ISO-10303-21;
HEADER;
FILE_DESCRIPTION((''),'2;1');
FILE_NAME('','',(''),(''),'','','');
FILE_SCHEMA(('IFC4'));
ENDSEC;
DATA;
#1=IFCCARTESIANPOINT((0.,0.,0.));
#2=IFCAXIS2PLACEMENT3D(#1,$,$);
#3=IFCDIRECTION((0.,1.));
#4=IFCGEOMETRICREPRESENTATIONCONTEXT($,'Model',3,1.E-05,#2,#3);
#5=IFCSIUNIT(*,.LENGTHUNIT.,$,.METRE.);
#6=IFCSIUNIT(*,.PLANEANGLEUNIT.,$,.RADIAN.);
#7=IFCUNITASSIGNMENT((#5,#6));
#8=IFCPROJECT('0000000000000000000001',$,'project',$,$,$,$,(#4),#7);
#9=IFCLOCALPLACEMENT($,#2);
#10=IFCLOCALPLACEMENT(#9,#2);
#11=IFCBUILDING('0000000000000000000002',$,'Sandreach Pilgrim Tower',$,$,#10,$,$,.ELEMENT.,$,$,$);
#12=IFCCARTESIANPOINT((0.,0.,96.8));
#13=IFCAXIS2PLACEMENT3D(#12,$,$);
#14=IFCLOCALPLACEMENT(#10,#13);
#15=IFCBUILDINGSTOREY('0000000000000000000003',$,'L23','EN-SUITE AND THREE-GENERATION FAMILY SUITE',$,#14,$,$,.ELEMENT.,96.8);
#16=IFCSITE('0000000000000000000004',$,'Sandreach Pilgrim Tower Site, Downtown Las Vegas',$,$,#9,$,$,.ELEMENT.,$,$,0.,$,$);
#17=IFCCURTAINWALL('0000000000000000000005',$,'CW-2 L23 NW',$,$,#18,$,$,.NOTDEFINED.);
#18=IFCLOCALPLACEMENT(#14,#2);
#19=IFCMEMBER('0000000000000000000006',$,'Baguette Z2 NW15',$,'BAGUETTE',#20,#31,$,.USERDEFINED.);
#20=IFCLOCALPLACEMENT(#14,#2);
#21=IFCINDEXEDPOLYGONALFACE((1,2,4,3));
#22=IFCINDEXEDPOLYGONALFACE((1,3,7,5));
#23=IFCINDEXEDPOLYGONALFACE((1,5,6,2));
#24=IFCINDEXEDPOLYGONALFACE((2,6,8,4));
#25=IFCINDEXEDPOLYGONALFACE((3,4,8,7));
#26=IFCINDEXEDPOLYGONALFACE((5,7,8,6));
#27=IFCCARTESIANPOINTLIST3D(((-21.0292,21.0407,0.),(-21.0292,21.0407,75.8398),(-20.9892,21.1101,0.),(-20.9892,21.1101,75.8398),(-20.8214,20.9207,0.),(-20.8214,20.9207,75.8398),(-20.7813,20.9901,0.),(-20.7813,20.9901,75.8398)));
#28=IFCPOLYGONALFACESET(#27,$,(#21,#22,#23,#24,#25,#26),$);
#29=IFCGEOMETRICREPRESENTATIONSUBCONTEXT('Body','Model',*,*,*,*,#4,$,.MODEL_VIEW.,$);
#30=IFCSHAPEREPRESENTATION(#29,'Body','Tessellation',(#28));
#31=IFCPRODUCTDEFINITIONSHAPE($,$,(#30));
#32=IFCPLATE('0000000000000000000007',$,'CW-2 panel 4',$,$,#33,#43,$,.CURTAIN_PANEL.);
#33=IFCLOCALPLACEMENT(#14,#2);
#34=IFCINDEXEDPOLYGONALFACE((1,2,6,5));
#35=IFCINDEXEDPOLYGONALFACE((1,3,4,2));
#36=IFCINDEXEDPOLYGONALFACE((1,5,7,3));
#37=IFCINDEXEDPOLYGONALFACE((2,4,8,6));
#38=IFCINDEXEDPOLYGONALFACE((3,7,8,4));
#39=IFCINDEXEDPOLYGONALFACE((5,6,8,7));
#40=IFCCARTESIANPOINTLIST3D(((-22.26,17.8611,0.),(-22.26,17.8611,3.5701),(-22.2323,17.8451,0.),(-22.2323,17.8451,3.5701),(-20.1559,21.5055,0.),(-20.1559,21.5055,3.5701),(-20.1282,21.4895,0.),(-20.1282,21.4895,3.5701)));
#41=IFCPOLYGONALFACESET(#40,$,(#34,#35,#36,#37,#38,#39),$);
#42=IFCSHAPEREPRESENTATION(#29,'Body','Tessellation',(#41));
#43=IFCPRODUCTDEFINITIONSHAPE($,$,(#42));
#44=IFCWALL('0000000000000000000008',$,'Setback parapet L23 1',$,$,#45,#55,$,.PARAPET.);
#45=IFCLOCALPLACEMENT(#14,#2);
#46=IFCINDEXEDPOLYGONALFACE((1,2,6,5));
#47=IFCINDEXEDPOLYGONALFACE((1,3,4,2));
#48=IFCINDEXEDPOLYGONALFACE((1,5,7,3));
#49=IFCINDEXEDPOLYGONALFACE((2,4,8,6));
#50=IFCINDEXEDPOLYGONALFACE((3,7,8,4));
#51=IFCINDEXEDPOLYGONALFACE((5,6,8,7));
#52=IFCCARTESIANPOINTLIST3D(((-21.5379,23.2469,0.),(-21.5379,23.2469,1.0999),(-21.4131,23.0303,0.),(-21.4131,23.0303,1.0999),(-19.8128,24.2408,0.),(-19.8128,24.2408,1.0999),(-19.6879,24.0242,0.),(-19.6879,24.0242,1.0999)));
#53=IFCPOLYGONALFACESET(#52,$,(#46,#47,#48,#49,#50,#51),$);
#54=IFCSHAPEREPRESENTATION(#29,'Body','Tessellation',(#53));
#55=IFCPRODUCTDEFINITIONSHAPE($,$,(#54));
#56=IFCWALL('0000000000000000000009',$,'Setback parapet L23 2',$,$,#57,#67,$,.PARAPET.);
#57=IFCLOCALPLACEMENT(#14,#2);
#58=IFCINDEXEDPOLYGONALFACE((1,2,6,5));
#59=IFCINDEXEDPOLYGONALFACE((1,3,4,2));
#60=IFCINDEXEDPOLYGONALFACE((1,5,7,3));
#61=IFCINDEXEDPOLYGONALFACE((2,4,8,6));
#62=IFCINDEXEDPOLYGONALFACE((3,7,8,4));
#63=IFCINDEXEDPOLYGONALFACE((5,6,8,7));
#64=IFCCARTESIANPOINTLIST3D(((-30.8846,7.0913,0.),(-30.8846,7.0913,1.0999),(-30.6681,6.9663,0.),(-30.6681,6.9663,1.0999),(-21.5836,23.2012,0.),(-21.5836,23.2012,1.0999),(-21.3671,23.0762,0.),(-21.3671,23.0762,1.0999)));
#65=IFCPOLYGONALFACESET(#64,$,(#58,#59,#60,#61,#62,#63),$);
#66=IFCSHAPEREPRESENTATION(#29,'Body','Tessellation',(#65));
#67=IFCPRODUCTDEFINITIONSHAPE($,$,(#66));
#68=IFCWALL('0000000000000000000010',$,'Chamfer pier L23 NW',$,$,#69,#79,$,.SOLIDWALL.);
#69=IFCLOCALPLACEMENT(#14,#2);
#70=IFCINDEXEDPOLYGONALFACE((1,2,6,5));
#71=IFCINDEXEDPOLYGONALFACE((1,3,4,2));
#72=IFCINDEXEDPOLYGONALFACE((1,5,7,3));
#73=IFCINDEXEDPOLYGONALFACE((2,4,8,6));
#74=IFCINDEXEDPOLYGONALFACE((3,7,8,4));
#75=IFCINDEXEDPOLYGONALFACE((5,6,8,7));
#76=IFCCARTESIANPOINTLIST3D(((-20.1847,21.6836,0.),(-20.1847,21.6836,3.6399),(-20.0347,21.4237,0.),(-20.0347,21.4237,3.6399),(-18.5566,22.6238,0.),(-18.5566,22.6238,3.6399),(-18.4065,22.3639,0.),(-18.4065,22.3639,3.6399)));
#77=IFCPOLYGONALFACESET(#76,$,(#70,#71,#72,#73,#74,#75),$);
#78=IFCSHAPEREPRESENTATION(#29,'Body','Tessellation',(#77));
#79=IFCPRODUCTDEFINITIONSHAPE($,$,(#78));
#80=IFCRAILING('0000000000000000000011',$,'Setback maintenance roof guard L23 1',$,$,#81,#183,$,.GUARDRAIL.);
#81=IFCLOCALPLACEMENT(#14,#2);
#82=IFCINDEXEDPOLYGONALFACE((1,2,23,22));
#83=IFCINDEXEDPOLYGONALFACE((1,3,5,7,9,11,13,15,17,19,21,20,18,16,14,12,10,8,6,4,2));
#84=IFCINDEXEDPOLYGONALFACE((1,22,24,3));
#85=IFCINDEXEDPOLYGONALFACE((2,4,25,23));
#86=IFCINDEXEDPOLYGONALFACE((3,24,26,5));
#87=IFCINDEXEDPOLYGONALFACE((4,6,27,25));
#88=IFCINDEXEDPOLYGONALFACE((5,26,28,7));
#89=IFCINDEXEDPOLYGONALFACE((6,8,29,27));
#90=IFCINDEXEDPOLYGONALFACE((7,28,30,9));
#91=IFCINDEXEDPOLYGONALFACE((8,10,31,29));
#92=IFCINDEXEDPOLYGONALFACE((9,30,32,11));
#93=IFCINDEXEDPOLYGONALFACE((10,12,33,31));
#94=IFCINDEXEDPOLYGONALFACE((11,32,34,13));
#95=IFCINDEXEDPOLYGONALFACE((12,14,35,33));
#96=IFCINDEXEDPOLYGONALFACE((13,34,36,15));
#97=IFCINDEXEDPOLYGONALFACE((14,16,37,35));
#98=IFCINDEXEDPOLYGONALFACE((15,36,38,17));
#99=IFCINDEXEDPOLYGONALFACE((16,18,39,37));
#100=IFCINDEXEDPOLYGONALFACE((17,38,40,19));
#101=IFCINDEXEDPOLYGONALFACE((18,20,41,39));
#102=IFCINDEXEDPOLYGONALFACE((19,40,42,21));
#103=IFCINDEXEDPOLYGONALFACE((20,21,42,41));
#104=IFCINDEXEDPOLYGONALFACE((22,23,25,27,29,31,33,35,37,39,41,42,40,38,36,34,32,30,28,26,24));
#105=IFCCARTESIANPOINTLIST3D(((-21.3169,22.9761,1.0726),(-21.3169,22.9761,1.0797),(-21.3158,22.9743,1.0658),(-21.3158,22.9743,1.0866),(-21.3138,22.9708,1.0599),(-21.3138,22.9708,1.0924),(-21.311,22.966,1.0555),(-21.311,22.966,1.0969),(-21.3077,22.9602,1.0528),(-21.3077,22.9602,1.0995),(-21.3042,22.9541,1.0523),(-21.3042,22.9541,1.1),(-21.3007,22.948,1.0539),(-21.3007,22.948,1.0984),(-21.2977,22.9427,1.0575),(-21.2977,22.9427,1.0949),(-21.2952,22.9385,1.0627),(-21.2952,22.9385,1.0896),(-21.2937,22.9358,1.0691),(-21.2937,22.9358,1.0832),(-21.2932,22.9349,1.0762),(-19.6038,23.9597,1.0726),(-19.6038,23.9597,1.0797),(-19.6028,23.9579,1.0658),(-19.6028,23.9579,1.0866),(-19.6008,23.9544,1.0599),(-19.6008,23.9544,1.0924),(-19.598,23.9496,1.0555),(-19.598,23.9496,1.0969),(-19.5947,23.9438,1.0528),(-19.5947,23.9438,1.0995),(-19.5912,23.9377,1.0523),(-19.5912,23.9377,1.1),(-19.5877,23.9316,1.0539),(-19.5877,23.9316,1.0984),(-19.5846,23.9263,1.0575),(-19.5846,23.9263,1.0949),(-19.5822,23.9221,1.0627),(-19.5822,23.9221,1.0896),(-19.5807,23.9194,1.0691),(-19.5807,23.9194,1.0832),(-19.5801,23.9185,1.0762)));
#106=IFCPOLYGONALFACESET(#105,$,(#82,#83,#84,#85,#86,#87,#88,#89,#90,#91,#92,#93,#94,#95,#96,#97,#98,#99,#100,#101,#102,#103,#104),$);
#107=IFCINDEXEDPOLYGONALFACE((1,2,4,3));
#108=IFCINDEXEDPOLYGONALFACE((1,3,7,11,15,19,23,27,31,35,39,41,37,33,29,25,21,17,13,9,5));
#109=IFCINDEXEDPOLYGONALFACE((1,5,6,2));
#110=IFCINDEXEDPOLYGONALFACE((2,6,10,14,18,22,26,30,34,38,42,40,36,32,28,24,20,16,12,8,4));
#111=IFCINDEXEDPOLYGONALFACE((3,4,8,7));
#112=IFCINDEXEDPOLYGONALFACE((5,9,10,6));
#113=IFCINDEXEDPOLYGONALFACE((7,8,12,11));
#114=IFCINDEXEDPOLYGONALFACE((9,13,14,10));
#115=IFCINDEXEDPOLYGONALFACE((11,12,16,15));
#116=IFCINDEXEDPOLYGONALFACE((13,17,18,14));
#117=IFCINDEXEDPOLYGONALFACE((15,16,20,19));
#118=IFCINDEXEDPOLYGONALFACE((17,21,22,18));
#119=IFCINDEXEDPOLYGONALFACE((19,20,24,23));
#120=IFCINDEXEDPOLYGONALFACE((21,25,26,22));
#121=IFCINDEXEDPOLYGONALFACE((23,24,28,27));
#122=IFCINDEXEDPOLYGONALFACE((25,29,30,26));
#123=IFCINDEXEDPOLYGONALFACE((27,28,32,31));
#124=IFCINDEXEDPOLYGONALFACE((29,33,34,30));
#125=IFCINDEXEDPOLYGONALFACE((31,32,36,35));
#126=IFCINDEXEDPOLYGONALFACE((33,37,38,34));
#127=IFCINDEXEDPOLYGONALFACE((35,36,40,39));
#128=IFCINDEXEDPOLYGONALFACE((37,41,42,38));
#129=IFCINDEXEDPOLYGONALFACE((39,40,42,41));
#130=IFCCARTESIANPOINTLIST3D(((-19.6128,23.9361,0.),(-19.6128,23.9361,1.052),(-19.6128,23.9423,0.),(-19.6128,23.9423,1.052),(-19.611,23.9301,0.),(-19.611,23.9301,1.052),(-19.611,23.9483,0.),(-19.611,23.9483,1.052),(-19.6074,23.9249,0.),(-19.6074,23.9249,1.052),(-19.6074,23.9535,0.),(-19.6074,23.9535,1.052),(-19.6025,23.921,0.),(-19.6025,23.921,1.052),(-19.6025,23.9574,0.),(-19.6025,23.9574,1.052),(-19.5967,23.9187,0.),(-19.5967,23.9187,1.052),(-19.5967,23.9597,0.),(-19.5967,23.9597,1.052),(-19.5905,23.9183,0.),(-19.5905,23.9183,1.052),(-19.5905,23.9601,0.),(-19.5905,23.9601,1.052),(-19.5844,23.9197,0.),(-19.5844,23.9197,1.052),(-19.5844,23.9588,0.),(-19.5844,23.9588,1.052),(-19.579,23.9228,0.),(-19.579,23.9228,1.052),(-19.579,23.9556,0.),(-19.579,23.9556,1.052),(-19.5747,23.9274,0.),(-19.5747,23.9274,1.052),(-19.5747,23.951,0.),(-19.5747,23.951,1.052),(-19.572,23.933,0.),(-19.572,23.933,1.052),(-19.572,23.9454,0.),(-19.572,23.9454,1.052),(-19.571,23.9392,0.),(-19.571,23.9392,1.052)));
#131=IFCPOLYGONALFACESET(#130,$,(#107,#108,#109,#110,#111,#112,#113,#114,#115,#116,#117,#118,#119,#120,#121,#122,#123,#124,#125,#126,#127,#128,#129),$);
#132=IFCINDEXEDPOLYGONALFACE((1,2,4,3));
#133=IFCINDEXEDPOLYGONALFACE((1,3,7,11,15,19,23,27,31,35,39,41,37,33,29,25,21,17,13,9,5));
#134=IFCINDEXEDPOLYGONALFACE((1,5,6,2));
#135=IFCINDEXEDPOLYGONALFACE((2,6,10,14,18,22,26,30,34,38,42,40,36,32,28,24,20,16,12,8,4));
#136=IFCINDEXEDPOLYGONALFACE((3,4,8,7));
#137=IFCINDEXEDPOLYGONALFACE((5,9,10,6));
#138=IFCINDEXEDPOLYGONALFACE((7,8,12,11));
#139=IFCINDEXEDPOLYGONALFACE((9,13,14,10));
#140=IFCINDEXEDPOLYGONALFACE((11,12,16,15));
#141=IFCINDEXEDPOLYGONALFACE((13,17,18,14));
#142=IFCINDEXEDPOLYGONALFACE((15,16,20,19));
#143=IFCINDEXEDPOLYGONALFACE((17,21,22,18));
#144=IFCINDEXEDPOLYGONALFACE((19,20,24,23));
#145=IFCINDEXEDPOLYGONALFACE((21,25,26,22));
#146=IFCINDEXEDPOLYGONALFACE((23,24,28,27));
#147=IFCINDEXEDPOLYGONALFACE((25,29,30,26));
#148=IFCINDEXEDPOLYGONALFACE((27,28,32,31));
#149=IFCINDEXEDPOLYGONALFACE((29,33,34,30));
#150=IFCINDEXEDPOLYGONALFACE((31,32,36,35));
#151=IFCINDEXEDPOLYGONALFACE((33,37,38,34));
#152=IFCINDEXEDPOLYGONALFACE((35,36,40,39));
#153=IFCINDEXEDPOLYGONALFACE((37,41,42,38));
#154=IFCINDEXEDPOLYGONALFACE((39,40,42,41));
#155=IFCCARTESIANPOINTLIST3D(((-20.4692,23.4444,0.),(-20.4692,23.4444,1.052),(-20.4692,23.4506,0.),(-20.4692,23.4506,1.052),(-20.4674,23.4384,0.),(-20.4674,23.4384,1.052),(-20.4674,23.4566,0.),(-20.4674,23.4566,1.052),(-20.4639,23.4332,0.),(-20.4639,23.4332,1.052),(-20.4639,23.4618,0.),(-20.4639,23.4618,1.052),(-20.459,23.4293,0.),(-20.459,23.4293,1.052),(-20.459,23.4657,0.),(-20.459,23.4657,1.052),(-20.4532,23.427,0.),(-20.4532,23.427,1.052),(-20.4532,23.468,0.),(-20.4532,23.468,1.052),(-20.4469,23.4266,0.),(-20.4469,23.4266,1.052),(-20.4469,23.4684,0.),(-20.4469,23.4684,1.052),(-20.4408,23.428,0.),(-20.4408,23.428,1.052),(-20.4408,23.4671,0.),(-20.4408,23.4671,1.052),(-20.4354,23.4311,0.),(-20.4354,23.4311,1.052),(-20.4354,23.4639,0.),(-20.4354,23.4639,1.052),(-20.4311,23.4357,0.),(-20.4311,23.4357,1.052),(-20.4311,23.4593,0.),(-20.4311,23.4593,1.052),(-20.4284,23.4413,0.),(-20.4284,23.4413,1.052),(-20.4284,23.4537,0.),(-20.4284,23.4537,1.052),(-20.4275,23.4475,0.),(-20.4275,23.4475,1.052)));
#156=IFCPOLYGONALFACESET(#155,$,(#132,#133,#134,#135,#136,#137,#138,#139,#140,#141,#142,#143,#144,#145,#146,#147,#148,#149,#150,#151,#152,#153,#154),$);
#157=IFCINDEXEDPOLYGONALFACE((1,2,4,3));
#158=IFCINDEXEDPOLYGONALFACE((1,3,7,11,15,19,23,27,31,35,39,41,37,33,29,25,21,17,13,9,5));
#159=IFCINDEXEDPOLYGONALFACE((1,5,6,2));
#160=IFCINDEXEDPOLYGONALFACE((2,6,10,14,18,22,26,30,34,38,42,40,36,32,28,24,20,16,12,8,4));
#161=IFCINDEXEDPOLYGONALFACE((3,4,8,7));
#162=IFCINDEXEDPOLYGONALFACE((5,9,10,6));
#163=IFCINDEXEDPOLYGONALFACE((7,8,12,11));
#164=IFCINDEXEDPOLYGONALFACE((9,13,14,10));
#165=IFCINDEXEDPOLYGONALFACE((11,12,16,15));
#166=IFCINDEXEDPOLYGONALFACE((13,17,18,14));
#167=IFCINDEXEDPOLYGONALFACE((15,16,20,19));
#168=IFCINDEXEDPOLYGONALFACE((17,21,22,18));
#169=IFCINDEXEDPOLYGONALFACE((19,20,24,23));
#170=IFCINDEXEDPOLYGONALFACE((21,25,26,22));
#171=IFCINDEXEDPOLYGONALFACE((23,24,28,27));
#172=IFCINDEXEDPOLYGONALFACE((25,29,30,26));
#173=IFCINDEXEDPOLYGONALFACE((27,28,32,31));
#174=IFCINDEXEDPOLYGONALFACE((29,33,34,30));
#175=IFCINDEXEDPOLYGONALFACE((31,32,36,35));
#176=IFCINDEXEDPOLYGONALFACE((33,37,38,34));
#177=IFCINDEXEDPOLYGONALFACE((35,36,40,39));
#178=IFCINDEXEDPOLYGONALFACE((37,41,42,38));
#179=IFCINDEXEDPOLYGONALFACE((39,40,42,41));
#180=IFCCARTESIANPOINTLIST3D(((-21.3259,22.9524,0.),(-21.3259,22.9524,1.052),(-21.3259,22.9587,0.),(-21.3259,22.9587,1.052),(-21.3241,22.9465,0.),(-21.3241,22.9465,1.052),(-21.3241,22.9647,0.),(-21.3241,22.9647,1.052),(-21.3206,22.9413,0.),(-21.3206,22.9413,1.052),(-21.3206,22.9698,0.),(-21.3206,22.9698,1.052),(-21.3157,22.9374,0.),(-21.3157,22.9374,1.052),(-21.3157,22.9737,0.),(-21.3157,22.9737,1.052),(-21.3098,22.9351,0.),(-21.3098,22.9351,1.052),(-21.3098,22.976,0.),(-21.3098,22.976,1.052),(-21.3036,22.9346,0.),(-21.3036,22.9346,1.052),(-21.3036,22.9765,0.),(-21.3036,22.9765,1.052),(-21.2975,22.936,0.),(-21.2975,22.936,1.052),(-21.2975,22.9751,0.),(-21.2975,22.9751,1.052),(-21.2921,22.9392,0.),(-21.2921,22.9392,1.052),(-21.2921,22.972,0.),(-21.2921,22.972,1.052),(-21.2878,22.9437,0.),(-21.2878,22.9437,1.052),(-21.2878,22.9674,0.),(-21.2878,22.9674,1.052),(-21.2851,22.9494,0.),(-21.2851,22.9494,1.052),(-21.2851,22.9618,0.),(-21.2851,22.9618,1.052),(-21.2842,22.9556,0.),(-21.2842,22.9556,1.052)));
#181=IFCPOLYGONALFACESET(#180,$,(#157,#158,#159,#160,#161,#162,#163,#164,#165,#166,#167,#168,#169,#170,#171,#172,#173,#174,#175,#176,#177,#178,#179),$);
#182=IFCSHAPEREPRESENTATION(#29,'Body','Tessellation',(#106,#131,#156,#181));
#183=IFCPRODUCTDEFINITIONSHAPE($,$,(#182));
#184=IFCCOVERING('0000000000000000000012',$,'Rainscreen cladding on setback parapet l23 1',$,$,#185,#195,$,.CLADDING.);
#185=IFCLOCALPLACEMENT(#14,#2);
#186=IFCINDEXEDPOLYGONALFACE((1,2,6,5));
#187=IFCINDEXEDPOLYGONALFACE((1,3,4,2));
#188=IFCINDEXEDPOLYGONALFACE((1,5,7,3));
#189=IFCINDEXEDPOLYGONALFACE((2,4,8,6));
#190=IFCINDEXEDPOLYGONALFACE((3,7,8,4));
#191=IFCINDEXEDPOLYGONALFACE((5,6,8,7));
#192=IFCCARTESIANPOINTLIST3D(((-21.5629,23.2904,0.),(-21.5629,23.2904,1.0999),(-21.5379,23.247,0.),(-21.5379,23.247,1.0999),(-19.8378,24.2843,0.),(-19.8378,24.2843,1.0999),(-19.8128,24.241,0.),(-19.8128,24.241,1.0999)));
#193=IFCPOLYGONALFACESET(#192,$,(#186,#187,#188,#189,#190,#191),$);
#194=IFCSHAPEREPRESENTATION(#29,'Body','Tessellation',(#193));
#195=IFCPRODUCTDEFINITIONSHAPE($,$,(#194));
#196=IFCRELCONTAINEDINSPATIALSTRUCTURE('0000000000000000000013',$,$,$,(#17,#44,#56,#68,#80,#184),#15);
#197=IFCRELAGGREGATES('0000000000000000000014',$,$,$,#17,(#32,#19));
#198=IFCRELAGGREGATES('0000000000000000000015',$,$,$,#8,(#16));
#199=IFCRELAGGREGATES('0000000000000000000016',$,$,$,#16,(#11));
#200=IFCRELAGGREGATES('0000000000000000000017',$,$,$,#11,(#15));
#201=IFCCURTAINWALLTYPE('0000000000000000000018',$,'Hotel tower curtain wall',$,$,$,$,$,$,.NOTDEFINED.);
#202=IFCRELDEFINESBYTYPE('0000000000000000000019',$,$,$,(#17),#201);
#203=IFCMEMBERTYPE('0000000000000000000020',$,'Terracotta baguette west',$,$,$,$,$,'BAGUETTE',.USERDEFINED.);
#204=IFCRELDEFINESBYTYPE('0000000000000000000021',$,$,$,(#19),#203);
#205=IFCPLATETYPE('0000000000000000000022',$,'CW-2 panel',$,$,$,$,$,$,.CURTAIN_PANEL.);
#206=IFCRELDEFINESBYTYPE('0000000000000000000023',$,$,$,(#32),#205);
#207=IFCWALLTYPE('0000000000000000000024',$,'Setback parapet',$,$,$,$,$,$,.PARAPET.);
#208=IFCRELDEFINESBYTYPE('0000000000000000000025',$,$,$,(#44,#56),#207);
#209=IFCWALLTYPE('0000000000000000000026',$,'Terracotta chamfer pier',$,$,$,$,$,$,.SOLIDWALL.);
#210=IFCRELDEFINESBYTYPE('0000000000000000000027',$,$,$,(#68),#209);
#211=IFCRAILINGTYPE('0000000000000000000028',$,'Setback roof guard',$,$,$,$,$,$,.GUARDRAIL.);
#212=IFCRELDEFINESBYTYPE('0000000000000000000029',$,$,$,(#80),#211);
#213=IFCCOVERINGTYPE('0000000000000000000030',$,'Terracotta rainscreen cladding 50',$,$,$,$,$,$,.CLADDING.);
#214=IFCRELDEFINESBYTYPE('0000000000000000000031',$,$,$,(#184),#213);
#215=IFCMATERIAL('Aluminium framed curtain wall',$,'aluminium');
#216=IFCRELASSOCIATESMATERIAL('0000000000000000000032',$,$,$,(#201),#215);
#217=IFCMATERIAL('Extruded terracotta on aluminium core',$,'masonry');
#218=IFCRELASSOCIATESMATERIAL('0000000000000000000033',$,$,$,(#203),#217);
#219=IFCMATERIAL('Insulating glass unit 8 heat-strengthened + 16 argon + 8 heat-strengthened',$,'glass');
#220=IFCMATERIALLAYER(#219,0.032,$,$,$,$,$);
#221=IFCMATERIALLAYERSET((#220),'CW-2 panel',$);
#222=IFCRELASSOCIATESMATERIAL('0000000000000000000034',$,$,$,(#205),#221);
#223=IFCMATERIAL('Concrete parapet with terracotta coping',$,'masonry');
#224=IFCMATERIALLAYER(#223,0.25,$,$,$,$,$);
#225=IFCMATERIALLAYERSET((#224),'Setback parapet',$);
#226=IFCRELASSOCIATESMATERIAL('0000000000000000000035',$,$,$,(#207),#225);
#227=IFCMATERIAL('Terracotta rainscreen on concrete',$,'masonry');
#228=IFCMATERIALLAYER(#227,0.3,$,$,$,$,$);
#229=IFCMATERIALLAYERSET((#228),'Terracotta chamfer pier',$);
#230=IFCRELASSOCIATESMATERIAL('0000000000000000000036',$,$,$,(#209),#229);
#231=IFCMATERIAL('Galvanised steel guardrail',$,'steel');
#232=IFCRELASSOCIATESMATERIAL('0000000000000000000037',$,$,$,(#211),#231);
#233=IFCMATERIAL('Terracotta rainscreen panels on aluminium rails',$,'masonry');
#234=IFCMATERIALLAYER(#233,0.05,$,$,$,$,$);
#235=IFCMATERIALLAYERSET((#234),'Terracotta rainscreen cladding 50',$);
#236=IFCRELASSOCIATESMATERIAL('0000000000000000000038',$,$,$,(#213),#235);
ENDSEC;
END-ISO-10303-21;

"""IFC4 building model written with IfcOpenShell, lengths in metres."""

from ifc_helpers import new_model, si_unit, direction, frame, frame_2d, origin, origin_2d, place, context, subcontext, project, spatial, rectangle, circle, extrude, material, layer, layer_set, material_profile, profile_set, type_object, element, aggregate, save


model = new_model("IFC4")

# Units and contexts
model_context = context("Model", 3, precision=1e-05, world=origin(), true_north=direction((0.0, 1.0)))
body_context = subcontext(model_context, "Body", "Model", "MODEL_VIEW")
ifc_project = project(units=[si_unit("LENGTHUNIT", "METRE"), si_unit("PLANEANGLEUNIT", "RADIAN")], contexts=[model_context])

# Site, building, storey
site_placement = place(None, origin())
site = spatial("IfcSite", under=ifc_project, at=site_placement, Name="Sandreach Pilgrim Tower Site, Downtown Las Vegas", CompositionType="ELEMENT", RefElevation=0.0)
building_placement = place(site_placement, origin())
building = spatial("IfcBuilding", under=site, at=building_placement, Name="Sandreach Pilgrim Tower", CompositionType="ELEMENT")
storey_placement = place(building_placement, frame((0.0, 0.0, 96.8)))
storey = spatial("IfcBuildingStorey", under=building, at=storey_placement, Name="L23", Description="EN-SUITE AND THREE-GENERATION FAMILY SUITE", CompositionType="ELEMENT", Elevation=96.8)

# Curtain wall
ifc_material_1 = material(Name="Aluminium framed curtain wall", Category="aluminium")
curtain_wall_type = type_object("IfcCurtainWallType", Name="Hotel tower curtain wall", PredefinedType="NOTDEFINED", material=ifc_material_1)
curtain_wall_1_placement = place(storey_placement, origin())
curtain_wall_1 = element("IfcCurtainWall", 1, at=curtain_wall_1_placement, inside=storey, type_object=curtain_wall_type, Name="CW-2 L23 NW", PredefinedType="NOTDEFINED")

# Member
ifc_material_2 = material(Name="Extruded terracotta on aluminium core", Category="masonry")
ifc_material_profile_1 = material_profile(ifc_material_2, rectangle(XDim=0.0801, YDim=0.24, at=origin_2d()), Name="TBW 80X240")
ifc_profile_set_1 = profile_set([ifc_material_profile_1], Name="Extruded terracotta on aluminium core")
member_type_1 = type_object("IfcMemberType", Name="Terracotta baguette west", ElementType="BAGUETTE", PredefinedType="USERDEFINED", material=ifc_profile_set_1)
member_1_placement = place(storey_placement, frame((-20.9053, 21.0154, 0.0), z_axis=(0.0, 0.0, 1.0), x_axis=(0.5, 0.866025, 0.0)))
member_1 = element("IfcMember", 2, at=member_1_placement, type_object=member_type_1, Name="Baguette Z2 NW15", ObjectType="BAGUETTE", PredefinedType="USERDEFINED", context=body_context, shape_type="SweptSolid", body=[
    extrude(rectangle(XDim=0.0801, YDim=0.24, at=origin_2d()), origin(), (0.0, 0.0, 1.0), 75.8398),
])

# Plate
ifc_material_3 = material(Name="Insulating glass unit 8 heat-strengthened + 16 argon + 8 heat-strengthened", Category="glass")
ifc_layer_1 = layer(ifc_material_3, 0.032)
ifc_layer_set_1 = layer_set([ifc_layer_1], Name="CW-2 panel")
plate_type = type_object("IfcPlateType", Name="CW-2 panel", PredefinedType="CURTAIN_PANEL", material=ifc_layer_set_1)
plate_placement = place(storey_placement, frame((-21.1941, 19.6753, 0.0), z_axis=(0.0, 0.0, 1.0), x_axis=(0.5, 0.866025, 0.0)))
plate = element("IfcPlate", 3, at=plate_placement, type_object=plate_type, Name="CW-2 panel 4", PredefinedType="CURTAIN_PANEL", context=body_context, shape_type="SweptSolid", body=[
    extrude(rectangle(XDim=4.2083, YDim=0.032, at=origin_2d()), origin(), (0.0, 0.0, 1.0), 3.5701),
])
aggregate(curtain_wall_1, [plate, member_1])

# Walls
ifc_material_4 = material(Name="Concrete parapet with terracotta coping", Category="masonry")
ifc_layer_2 = layer(ifc_material_4, 0.25)
ifc_layer_set_2 = layer_set([ifc_layer_2], Name="Setback parapet")
wall_type_1 = type_object("IfcWallType", Name="Setback parapet", PredefinedType="PARAPET", material=ifc_layer_set_2)
wall_1_placement = place(storey_placement, frame((-19.7502, 24.1326, 0.0), z_axis=(0.0, 0.0, 1.0), x_axis=(-0.866479, -0.499213, 0.0)))
element("IfcWall", 4, at=wall_1_placement, inside=storey, type_object=wall_type_1, Name="Setback parapet L23 1", PredefinedType="PARAPET", context=body_context, shape_type="SweptSolid", body=[
    extrude(rectangle(XDim=1.991, YDim=0.25, at=frame_2d((0.9956, 0.0))), origin(), (0.0, 0.0, 1.0), 1.0999),
])
wall_2_placement = place(storey_placement, frame((-21.4753, 23.1387, 0.0), z_axis=(0.0, 0.0, 1.0), x_axis=(-0.5, -0.866026, 0.0)))
element("IfcWall", 5, at=wall_2_placement, inside=storey, type_object=wall_type_1, Name="Setback parapet L23 2", PredefinedType="PARAPET", context=body_context, shape_type="SweptSolid", body=[
    extrude(rectangle(XDim=18.6021, YDim=0.25, at=frame_2d((9.301, 0.0))), origin(), (0.0, 0.0, 1.0), 1.0999),
])
ifc_material_5 = material(Name="Terracotta rainscreen on concrete", Category="masonry")
ifc_layer_3 = layer(ifc_material_5, 0.3)
ifc_layer_set_3 = layer_set([ifc_layer_3], Name="Terracotta chamfer pier")
wall_type_2 = type_object("IfcWallType", Name="Terracotta chamfer pier", PredefinedType="SOLIDWALL", material=ifc_layer_set_3)
wall_3_placement = place(storey_placement, frame((-20.1096, 21.5537, 0.0), z_axis=(0.0, 0.0, 1.0), x_axis=(0.865989, 0.500063, 0.0)))
element("IfcWall", 6, at=wall_3_placement, inside=storey, type_object=wall_type_2, Name="Chamfer pier L23 NW", PredefinedType="SOLIDWALL", context=body_context, shape_type="SweptSolid", body=[
    extrude(rectangle(XDim=1.8801, YDim=0.3, at=frame_2d((0.9399, 0.0))), origin(), (0.0, 0.0, 1.0), 3.6399),
])

# Railing
ifc_material_6 = material(Name="Galvanised steel guardrail", Category="steel")
railing_type = type_object("IfcRailingType", Name="Setback roof guard", PredefinedType="GUARDRAIL", material=ifc_material_6)
railing_1_placement = place(storey_placement, frame((-19.592, 23.9392, 0.0)))
element("IfcRailing", 7, at=railing_1_placement, inside=storey, type_object=railing_type, Name="Setback maintenance roof guard L23 1", PredefinedType="GUARDRAIL", context=body_context, shape_type="SweptSolid", body=[
    extrude(circle(Radius=0.0239, at=origin_2d()), frame((0.0, 0.0, 1.0762), z_axis=(-0.867215, -0.497935, 0.0), x_axis=(0.497935, -0.867215, 0.0)), (0.0, 0.0, 1.0), 1.9753),
    extrude(circle(Radius=0.021, at=origin_2d()), origin(), (0.0, 0.0, 1.0), 1.052),
    extrude(circle(Radius=0.021, at=origin_2d()), frame((-0.8564, -0.4917, 0.0)), (0.0, 0.0, 1.0), 1.052),
    extrude(circle(Radius=0.021, at=origin_2d()), frame((-1.7131, -0.9836, 0.0)), (0.0, 0.0, 1.0), 1.052),
])

# Covering
ifc_material_7 = material(Name="Terracotta rainscreen panels on aluminium rails", Category="masonry")
ifc_layer_4 = layer(ifc_material_7, 0.05)
ifc_layer_set_4 = layer_set([ifc_layer_4], Name="Terracotta rainscreen cladding 50")
covering_type = type_object("IfcCoveringType", Name="Terracotta rainscreen cladding 50", PredefinedType="CLADDING", material=ifc_layer_set_4)
covering_1_placement = place(storey_placement, frame((-19.8252, 24.2627, 0.0), z_axis=(0.0, 0.0, 1.0), x_axis=(-0.866479, -0.499213, 0.0)))
element("IfcCovering", 8, at=covering_1_placement, inside=storey, type_object=covering_type, Name="Rainscreen cladding on setback parapet l23 1", PredefinedType="CLADDING", context=body_context, shape_type="SweptSolid", body=[
    extrude(rectangle(XDim=1.991, YDim=0.05, at=frame_2d((0.9956, 0.0))), origin(), (0.0, 0.0, 1.0), 1.0999),
])

save(model, "model.ifc")
